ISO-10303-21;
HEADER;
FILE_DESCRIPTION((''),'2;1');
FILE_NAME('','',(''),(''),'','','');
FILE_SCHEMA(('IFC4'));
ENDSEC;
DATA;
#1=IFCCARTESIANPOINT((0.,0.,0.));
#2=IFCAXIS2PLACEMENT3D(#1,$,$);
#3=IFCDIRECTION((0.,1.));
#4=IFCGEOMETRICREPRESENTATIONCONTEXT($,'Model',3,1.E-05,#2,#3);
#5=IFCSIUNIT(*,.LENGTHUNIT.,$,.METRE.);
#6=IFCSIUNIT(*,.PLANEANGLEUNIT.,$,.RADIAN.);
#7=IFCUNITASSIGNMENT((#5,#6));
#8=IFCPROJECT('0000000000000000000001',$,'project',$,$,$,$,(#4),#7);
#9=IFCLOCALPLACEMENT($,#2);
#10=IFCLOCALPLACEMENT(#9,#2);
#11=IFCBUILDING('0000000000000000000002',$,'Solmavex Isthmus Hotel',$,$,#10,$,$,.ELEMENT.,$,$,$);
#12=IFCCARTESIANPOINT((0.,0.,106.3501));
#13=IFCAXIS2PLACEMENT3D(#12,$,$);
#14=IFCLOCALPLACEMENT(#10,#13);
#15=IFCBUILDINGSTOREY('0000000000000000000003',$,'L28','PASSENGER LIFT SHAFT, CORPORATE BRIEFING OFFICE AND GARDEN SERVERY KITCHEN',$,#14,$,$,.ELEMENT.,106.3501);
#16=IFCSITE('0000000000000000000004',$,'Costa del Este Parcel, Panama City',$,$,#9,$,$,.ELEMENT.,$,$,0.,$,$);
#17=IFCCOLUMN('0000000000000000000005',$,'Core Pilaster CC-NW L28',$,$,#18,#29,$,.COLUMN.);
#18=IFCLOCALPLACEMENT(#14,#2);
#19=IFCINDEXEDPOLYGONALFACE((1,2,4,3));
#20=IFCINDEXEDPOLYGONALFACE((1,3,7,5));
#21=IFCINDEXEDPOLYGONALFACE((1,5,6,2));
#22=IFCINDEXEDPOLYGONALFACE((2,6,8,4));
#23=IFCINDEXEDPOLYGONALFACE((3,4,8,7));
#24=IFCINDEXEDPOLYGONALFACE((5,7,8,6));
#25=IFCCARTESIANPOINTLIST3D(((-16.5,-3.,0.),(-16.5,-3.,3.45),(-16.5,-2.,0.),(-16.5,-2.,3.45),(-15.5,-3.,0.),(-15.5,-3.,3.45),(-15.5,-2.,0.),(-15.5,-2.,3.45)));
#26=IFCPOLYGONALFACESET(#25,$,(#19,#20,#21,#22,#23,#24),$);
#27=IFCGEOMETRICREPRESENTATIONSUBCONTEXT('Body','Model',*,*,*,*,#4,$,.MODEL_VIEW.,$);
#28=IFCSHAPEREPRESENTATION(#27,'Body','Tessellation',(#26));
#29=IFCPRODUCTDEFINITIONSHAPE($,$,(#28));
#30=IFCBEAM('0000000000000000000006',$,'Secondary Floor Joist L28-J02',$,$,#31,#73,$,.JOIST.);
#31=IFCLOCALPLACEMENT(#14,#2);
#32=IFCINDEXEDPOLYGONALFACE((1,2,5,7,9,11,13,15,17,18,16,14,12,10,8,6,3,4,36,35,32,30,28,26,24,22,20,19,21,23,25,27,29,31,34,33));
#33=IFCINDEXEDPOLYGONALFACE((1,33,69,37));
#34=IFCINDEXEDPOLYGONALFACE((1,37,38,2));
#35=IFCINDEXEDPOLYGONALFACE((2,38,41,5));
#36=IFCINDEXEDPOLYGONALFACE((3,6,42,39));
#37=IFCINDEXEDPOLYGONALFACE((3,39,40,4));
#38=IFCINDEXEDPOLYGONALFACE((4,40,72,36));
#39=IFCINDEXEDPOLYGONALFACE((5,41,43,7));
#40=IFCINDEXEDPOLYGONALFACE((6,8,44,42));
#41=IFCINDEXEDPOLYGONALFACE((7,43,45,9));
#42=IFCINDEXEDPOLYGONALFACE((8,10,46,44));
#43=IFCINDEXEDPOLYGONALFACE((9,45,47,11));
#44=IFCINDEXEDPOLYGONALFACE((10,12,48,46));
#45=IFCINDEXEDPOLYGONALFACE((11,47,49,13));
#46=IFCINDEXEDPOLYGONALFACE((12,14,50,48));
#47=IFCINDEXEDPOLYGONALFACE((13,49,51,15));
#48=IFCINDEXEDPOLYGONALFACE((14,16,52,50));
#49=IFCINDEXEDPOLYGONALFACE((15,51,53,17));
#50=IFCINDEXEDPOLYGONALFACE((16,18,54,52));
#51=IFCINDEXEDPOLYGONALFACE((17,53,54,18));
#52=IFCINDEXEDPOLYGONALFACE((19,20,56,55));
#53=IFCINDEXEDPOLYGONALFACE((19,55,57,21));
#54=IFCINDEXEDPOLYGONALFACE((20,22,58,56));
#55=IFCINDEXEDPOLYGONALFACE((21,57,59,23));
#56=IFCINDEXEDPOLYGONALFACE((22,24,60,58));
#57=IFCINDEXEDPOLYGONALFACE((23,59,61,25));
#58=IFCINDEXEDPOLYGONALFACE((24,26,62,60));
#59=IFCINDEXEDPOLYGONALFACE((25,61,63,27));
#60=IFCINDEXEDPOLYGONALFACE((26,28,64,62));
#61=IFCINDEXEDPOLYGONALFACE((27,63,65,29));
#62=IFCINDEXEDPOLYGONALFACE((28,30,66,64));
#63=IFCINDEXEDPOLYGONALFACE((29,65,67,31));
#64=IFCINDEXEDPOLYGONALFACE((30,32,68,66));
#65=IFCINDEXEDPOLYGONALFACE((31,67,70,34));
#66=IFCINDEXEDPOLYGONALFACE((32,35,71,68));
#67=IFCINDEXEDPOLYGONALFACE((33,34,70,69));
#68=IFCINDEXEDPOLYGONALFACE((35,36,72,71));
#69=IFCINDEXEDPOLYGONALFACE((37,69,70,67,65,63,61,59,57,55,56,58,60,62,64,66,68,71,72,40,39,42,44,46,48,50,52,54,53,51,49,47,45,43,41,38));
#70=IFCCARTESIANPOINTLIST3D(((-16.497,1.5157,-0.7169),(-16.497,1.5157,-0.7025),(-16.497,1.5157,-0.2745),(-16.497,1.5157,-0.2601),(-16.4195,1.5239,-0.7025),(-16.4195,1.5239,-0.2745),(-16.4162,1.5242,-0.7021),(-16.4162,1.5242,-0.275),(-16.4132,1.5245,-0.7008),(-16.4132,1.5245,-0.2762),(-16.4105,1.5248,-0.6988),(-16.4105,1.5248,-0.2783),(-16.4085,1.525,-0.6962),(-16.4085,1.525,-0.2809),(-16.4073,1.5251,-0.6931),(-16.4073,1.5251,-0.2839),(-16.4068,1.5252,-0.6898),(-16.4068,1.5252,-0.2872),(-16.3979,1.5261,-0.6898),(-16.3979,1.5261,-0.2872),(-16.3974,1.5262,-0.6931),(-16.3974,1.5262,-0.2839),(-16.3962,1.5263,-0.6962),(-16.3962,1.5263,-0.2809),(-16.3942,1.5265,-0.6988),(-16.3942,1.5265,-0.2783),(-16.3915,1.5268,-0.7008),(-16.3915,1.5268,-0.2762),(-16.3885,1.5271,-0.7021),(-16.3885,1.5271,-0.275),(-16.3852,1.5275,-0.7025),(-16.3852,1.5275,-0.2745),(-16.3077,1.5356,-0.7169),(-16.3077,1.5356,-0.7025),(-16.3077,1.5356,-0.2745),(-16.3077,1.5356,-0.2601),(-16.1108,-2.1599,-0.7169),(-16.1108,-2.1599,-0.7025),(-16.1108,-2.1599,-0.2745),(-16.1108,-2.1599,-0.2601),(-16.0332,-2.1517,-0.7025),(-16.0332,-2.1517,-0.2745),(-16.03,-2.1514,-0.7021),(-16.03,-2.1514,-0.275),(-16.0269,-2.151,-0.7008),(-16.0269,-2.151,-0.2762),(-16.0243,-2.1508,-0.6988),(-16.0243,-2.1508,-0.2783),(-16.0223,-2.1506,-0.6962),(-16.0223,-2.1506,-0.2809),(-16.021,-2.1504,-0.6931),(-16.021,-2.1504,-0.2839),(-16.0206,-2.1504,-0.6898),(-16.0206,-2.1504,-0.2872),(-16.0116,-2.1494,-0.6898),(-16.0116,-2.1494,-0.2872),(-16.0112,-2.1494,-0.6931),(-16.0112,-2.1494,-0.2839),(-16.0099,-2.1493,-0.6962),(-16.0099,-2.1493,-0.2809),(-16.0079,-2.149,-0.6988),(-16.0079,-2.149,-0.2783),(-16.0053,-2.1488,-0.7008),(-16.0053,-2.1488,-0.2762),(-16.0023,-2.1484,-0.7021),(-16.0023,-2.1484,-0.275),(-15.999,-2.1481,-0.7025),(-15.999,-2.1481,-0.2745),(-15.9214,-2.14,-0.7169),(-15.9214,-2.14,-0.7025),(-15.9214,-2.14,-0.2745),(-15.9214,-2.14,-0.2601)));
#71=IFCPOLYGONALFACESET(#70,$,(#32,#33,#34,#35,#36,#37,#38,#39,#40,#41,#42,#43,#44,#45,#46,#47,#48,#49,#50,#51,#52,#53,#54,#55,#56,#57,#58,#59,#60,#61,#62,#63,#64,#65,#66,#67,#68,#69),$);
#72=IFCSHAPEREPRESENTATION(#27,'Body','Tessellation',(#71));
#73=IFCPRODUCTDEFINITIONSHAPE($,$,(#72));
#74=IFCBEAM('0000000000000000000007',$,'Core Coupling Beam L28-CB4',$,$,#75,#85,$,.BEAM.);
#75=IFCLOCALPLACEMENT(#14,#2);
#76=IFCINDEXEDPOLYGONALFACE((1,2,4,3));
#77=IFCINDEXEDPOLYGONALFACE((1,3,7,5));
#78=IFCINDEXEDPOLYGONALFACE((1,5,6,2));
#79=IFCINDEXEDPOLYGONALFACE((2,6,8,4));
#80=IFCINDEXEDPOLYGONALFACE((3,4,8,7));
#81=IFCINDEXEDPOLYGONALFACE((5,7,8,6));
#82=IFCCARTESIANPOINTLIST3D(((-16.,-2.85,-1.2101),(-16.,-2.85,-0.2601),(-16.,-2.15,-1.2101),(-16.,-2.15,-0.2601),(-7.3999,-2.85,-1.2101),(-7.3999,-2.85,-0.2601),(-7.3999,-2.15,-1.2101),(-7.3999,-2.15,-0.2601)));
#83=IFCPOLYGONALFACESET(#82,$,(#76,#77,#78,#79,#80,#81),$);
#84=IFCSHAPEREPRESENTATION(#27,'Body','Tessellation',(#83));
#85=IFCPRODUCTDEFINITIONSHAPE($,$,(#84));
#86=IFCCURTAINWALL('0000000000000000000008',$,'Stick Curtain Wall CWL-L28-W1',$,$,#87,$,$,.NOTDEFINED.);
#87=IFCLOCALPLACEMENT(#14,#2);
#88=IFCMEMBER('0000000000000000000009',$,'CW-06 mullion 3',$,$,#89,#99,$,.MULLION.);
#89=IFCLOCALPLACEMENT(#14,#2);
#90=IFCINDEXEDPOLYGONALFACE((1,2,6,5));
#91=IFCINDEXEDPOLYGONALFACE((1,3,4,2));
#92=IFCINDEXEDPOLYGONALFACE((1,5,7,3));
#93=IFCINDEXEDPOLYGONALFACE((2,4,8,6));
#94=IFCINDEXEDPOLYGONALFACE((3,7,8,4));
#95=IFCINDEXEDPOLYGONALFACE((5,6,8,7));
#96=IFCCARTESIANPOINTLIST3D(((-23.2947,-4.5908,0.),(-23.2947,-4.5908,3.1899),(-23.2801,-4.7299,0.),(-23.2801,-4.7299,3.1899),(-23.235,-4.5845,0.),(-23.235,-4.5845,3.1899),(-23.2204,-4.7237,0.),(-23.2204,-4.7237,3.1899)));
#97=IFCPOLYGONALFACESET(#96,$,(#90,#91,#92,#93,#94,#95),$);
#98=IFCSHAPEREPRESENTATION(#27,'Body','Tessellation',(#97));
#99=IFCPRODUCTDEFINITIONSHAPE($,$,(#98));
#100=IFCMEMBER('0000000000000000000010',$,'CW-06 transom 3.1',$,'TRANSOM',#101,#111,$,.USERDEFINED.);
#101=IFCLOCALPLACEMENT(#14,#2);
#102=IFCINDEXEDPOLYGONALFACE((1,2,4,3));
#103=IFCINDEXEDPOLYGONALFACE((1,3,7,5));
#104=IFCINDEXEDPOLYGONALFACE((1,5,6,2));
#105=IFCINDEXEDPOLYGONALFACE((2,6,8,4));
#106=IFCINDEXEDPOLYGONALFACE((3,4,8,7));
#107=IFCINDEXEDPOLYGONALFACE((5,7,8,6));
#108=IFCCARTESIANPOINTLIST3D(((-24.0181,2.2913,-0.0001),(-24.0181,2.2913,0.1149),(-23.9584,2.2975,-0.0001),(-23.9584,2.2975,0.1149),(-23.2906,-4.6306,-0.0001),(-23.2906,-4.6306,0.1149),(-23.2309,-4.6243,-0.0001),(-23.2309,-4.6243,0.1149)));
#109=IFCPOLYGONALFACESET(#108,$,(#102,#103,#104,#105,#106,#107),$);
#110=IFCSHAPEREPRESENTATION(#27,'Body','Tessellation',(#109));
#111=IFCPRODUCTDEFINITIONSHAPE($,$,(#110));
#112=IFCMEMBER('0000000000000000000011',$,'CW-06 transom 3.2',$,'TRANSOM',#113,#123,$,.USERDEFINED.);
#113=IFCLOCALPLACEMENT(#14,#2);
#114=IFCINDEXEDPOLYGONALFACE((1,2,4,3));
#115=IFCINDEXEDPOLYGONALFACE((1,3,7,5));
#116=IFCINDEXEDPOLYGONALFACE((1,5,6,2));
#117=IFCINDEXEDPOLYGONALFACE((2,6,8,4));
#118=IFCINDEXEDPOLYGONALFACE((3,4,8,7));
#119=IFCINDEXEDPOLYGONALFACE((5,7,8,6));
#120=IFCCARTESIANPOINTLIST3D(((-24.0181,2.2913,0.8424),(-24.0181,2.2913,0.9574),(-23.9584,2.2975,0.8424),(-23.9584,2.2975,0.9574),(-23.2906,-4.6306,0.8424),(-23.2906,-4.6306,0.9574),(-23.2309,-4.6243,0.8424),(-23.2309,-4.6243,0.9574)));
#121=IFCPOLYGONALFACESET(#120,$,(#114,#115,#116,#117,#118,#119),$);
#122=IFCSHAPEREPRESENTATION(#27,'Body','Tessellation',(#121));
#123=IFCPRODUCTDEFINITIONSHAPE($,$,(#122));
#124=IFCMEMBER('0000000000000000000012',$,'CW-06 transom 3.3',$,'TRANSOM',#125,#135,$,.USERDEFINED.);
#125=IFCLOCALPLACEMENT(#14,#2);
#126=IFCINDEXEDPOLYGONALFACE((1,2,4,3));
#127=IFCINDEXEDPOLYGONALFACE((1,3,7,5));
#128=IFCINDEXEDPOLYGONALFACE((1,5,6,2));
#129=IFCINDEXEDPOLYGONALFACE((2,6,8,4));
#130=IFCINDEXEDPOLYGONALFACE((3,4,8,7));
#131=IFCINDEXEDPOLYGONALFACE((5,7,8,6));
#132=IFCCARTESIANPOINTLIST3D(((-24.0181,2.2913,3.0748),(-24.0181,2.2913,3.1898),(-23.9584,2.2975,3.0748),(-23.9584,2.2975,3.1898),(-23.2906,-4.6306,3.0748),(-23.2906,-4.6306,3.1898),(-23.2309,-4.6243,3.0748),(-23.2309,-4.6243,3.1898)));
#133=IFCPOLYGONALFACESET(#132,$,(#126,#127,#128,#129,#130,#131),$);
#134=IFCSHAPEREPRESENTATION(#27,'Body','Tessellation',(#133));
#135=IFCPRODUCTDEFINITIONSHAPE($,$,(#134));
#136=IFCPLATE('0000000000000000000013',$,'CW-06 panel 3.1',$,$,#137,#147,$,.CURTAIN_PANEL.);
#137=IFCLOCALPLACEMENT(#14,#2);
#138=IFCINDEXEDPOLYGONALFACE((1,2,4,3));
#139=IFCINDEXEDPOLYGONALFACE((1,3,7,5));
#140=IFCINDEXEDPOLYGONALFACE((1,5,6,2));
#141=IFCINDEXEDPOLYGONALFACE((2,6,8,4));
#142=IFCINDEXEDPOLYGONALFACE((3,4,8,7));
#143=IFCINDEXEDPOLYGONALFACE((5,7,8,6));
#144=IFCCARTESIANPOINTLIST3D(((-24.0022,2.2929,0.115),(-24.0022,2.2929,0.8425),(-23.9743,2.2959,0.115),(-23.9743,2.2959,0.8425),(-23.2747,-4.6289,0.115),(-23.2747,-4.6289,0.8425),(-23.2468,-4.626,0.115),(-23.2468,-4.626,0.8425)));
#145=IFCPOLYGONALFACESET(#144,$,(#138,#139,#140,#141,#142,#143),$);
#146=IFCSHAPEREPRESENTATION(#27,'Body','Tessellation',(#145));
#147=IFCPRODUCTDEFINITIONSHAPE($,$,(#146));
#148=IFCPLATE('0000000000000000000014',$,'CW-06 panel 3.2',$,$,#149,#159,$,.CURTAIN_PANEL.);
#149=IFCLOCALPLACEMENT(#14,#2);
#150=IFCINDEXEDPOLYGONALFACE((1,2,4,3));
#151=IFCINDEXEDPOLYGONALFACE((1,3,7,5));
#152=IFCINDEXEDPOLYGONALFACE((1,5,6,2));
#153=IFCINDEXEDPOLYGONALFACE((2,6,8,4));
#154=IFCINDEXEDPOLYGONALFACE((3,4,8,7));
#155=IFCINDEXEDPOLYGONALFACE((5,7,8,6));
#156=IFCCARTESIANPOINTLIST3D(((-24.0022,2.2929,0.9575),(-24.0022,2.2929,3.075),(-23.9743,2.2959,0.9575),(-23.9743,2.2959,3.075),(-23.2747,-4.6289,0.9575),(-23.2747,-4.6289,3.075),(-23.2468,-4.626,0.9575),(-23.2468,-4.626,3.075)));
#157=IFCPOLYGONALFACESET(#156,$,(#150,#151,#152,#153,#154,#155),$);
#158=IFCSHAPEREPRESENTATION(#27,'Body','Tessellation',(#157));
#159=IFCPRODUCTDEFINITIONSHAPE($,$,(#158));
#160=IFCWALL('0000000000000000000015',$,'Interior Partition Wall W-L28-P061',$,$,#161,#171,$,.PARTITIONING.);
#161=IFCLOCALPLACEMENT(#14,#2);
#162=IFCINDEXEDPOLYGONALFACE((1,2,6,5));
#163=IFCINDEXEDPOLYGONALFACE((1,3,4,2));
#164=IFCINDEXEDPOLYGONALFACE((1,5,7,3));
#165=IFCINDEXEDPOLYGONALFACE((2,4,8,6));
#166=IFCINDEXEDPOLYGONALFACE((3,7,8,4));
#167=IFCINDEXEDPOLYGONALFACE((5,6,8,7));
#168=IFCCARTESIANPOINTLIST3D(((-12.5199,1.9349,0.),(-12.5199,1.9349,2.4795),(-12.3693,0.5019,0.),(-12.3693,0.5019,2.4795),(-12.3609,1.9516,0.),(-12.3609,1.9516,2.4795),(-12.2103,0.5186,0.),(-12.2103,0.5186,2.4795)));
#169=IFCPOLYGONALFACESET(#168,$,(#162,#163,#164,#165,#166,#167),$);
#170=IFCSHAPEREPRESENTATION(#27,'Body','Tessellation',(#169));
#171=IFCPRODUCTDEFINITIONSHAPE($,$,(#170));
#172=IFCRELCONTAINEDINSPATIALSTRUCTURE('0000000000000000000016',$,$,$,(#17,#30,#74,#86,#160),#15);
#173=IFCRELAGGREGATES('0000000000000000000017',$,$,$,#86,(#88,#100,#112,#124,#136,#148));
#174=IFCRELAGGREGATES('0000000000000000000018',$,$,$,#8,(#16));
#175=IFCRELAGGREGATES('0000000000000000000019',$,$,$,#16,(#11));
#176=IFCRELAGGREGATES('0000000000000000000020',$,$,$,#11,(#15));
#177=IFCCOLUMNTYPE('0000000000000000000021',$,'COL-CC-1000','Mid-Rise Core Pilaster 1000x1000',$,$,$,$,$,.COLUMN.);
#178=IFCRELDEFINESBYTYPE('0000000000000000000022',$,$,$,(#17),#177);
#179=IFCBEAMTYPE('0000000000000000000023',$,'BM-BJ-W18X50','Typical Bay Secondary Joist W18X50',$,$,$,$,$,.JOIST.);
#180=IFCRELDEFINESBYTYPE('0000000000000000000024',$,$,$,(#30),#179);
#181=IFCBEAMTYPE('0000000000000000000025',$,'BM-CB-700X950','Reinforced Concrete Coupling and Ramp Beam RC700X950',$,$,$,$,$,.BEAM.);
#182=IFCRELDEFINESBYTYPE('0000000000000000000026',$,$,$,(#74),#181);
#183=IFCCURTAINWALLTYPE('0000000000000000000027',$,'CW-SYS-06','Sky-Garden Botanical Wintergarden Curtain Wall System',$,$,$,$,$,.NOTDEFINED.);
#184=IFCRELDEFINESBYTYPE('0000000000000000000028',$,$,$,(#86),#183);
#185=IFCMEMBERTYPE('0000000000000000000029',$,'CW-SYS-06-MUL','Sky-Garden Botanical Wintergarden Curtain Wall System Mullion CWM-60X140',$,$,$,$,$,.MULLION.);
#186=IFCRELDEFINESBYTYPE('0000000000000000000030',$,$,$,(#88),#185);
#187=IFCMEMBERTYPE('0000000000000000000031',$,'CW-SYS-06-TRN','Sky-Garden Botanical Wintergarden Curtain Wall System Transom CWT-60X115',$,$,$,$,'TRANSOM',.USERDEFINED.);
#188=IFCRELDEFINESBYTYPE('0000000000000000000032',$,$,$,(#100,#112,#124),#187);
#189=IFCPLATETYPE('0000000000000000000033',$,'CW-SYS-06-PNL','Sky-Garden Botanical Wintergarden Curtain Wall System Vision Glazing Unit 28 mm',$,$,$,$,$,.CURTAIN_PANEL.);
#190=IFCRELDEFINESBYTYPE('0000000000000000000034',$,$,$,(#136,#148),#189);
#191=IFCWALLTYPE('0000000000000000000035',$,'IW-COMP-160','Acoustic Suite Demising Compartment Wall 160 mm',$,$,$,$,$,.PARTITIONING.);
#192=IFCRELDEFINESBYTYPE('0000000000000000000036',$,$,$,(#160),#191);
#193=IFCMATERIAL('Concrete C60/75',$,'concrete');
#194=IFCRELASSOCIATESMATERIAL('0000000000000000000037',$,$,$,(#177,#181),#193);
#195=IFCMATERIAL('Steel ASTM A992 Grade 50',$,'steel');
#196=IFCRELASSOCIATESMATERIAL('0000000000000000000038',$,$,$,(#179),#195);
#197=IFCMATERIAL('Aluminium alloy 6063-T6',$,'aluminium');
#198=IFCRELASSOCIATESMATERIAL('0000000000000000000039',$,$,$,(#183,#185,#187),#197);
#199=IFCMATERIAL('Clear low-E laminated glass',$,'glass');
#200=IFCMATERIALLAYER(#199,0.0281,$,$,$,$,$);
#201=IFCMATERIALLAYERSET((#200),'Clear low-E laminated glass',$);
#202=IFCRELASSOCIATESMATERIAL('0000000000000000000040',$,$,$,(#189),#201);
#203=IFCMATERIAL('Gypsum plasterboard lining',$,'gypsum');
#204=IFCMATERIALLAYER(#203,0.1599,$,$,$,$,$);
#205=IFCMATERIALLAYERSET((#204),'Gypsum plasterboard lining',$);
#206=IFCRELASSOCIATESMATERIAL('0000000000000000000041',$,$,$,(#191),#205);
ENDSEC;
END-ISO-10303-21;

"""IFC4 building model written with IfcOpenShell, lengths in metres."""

from ifc_helpers import new_model, si_unit, direction, frame, frame_2d, origin, origin_2d, place, context, subcontext, project, spatial, rectangle, i_section, extrude, material, layer, layer_set, material_profile, profile_set, type_object, element, aggregate, save


model = new_model("IFC4")

# Units and contexts
model_context = context("Model", 3, precision=1e-05, world=origin(), true_north=direction((0.0, 1.0)))
body_context = subcontext(model_context, "Body", "Model", "MODEL_VIEW")
ifc_project = project(units=[si_unit("LENGTHUNIT", "METRE"), si_unit("PLANEANGLEUNIT", "RADIAN")], contexts=[model_context])

# Site, building, storey
site_placement = place(None, origin())
site = spatial("IfcSite", under=ifc_project, at=site_placement, Name="Costa del Este Parcel, Panama City", CompositionType="ELEMENT", RefElevation=0.0)
building_placement = place(site_placement, origin())
building = spatial("IfcBuilding", under=site, at=building_placement, Name="Solmavex Isthmus Hotel", CompositionType="ELEMENT")
storey_placement = place(building_placement, frame((0.0, 0.0, 106.3501)))
storey = spatial("IfcBuildingStorey", under=building, at=storey_placement, Name="L28", Description="PASSENGER LIFT SHAFT, CORPORATE BRIEFING OFFICE AND GARDEN SERVERY KITCHEN", CompositionType="ELEMENT", Elevation=106.3501)

# Column
ifc_material_1 = material(Name="Concrete C60/75", Category="concrete")
ifc_material_profile_1 = material_profile(ifc_material_1, rectangle(XDim=1.0, YDim=1.0, at=origin_2d()), Name="RC1000X1000")
ifc_profile_set_1 = profile_set([ifc_material_profile_1], Name="Concrete C60/75")
column_type = type_object("IfcColumnType", Name="COL-CC-1000", Description="Mid-Rise Core Pilaster 1000x1000", PredefinedType="COLUMN", material=ifc_profile_set_1)
column_placement = place(storey_placement, frame((-16.0, -2.5, 0.0), z_axis=(0.0, 0.0, 1.0), x_axis=(1.0, 0.0, 0.0)))
element("IfcColumn", 1, at=column_placement, inside=storey, type_object=column_type, Name="Core Pilaster CC-NW L28", PredefinedType="COLUMN", context=body_context, shape_type="SweptSolid", body=[
    extrude(rectangle(XDim=1.0, YDim=1.0, at=origin_2d()), origin(), (0.0, 0.0, 1.0), 3.45),
])

# Beams
ifc_material_2 = material(Name="Steel ASTM A992 Grade 50", Category="steel")
ifc_material_profile_2 = material_profile(ifc_material_2, i_section(OverallWidth=0.1904, OverallDepth=0.4568, WebThickness=0.009, FlangeThickness=0.0144, FilletRadius=0.0127, at=origin_2d()), Name="W18X50")
ifc_profile_set_2 = profile_set([ifc_material_profile_2], Name="Steel ASTM A992 Grade 50")
beam_type_1 = type_object("IfcBeamType", Name="BM-BJ-W18X50", Description="Typical Bay Secondary Joist W18X50", PredefinedType="JOIST", material=ifc_profile_set_2)
beam_1_placement = place(storey_placement, frame((-16.0161, -2.1499, -0.4885), z_axis=(-0.104506, 0.994524, 0.0), x_axis=(-0.994524, -0.104506, 0.0)))
element("IfcBeam", 2, at=beam_1_placement, inside=storey, type_object=beam_type_1, Name="Secondary Floor Joist L28-J02", PredefinedType="JOIST", context=body_context, shape_type="SweptSolid", body=[
    extrude(i_section(OverallWidth=0.1904, OverallDepth=0.4568, WebThickness=0.009, FlangeThickness=0.0144, FilletRadius=0.0127, at=origin_2d()), origin(), (0.0, 0.0, 1.0), 3.6958),
])
ifc_material_profile_3 = material_profile(ifc_material_1, rectangle(XDim=0.7, YDim=0.95, at=origin_2d()), Name="RC700X950")
ifc_profile_set_3 = profile_set([ifc_material_profile_3], Name="Concrete C60/75")
beam_type_2 = type_object("IfcBeamType", Name="BM-CB-700X950", Description="Reinforced Concrete Coupling and Ramp Beam RC700X950", PredefinedType="BEAM", material=ifc_profile_set_3)
beam_2_placement = place(storey_placement, frame((-16.0, -2.5, -0.7351), z_axis=(1.0, 0.0, 0.0), x_axis=(0.0, 1.0, 0.0)))
element("IfcBeam", 3, at=beam_2_placement, inside=storey, type_object=beam_type_2, Name="Core Coupling Beam L28-CB4", PredefinedType="BEAM", context=body_context, shape_type="SweptSolid", body=[
    extrude(rectangle(XDim=0.7, YDim=0.95, at=origin_2d()), origin(), (0.0, 0.0, 1.0), 8.6001),
])

# Curtain wall, members, plates
ifc_material_3 = material(Name="Aluminium alloy 6063-T6", Category="aluminium")
curtain_wall_type = type_object("IfcCurtainWallType", Name="CW-SYS-06", Description="Sky-Garden Botanical Wintergarden Curtain Wall System", PredefinedType="NOTDEFINED", material=ifc_material_3)
curtain_wall_placement = place(storey_placement, origin())
curtain_wall = element("IfcCurtainWall", 4, at=curtain_wall_placement, inside=storey, type_object=curtain_wall_type, Name="Stick Curtain Wall CWL-L28-W1", PredefinedType="NOTDEFINED")
ifc_material_profile_4 = material_profile(ifc_material_3, rectangle(XDim=0.0601, YDim=0.1399, at=origin_2d()), Name="CWM-60X140")
ifc_profile_set_4 = profile_set([ifc_material_profile_4], Name="Aluminium alloy 6063-T6")
member_type_1 = type_object("IfcMemberType", Name="CW-SYS-06-MUL", Description="Sky-Garden Botanical Wintergarden Curtain Wall System Mullion CWM-60X140", PredefinedType="MULLION", material=ifc_profile_set_4)
member_1_placement = place(storey_placement, frame((-23.2576, -4.6572, 0.0), z_axis=(0.0, 0.0, 1.0), x_axis=(-0.994522, -0.104528, 0.0)))
member_1 = element("IfcMember", 5, at=member_1_placement, type_object=member_type_1, Name="CW-06 mullion 3", PredefinedType="MULLION", context=body_context, shape_type="SweptSolid", body=[
    extrude(rectangle(XDim=0.0601, YDim=0.1399, at=origin_2d()), origin(), (0.0, 0.0, 1.0), 3.1899),
])
ifc_material_profile_5 = material_profile(ifc_material_3, rectangle(XDim=0.0601, YDim=0.115, at=origin_2d()), Name="CWT-60X115")
ifc_profile_set_5 = profile_set([ifc_material_profile_5], Name="Aluminium alloy 6063-T6")
member_type_2 = type_object("IfcMemberType", Name="CW-SYS-06-TRN", Description="Sky-Garden Botanical Wintergarden Curtain Wall System Transom CWT-60X115", ElementType="TRANSOM", PredefinedType="USERDEFINED", material=ifc_profile_set_5)
member_2_placement = place(storey_placement, frame((-23.2607, -4.6274, 0.0574), z_axis=(-0.104531, 0.994522, 0.0), x_axis=(-0.994522, -0.104531, 0.0)))
member_2 = element("IfcMember", 6, at=member_2_placement, type_object=member_type_2, Name="CW-06 transom 3.1", ObjectType="TRANSOM", PredefinedType="USERDEFINED", context=body_context, shape_type="SweptSolid", body=[
    extrude(rectangle(XDim=0.0601, YDim=0.115, at=origin_2d()), origin(), (0.0, 0.0, 1.0), 6.96),
])
member_3_placement = place(storey_placement, frame((-23.2607, -4.6274, 0.8999), z_axis=(-0.104531, 0.994522, 0.0), x_axis=(-0.994522, -0.104531, 0.0)))
member_3 = element("IfcMember", 7, at=member_3_placement, type_object=member_type_2, Name="CW-06 transom 3.2", ObjectType="TRANSOM", PredefinedType="USERDEFINED", context=body_context, shape_type="SweptSolid", body=[
    extrude(rectangle(XDim=0.0601, YDim=0.115, at=origin_2d()), origin(), (0.0, 0.0, 1.0), 6.96),
])
member_4_placement = place(storey_placement, frame((-23.2607, -4.6274, 3.1323), z_axis=(-0.104531, 0.994522, 0.0), x_axis=(-0.994522, -0.104531, 0.0)))
member_4 = element("IfcMember", 8, at=member_4_placement, type_object=member_type_2, Name="CW-06 transom 3.3", ObjectType="TRANSOM", PredefinedType="USERDEFINED", context=body_context, shape_type="SweptSolid", body=[
    extrude(rectangle(XDim=0.0601, YDim=0.115, at=origin_2d()), origin(), (0.0, 0.0, 1.0), 6.96),
])
ifc_material_4 = material(Name="Clear low-E laminated glass", Category="glass")
ifc_layer_1 = layer(ifc_material_4, 0.0281)
ifc_layer_set_1 = layer_set([ifc_layer_1], Name="Clear low-E laminated glass")
plate_type = type_object("IfcPlateType", Name="CW-SYS-06-PNL", Description="Sky-Garden Botanical Wintergarden Curtain Wall System Vision Glazing Unit 28 mm", PredefinedType="CURTAIN_PANEL", material=ifc_layer_set_1)
plate_1_placement = place(storey_placement, frame((-23.6245, -1.1665, 0.115), z_axis=(0.0, 0.0, 1.0), x_axis=(-0.104528, 0.994522, 0.0)))
plate_1 = element("IfcPlate", 9, at=plate_1_placement, type_object=plate_type, Name="CW-06 panel 3.1", PredefinedType="CURTAIN_PANEL", context=body_context, shape_type="SweptSolid", body=[
    extrude(rectangle(XDim=6.96, YDim=0.0281, at=origin_2d()), origin(), (0.0, 0.0, 1.0), 0.7275),
])
plate_2_placement = place(storey_placement, frame((-23.6245, -1.1665, 0.9575), z_axis=(0.0, 0.0, 1.0), x_axis=(-0.104528, 0.994522, 0.0)))
plate_2 = element("IfcPlate", 10, at=plate_2_placement, type_object=plate_type, Name="CW-06 panel 3.2", PredefinedType="CURTAIN_PANEL", context=body_context, shape_type="SweptSolid", body=[
    extrude(rectangle(XDim=6.96, YDim=0.0281, at=origin_2d()), origin(), (0.0, 0.0, 1.0), 2.1174),
])
aggregate(curtain_wall, [member_1, member_2, member_3, member_4, plate_1, plate_2])

# Wall
ifc_material_5 = material(Name="Gypsum plasterboard lining", Category="gypsum")
ifc_layer_2 = layer(ifc_material_5, 0.1599)
ifc_layer_set_2 = layer_set([ifc_layer_2], Name="Gypsum plasterboard lining")
wall_type_1 = type_object("IfcWallType", Name="IW-COMP-160", Description="Acoustic Suite Demising Compartment Wall 160 mm", PredefinedType="PARTITIONING", material=ifc_layer_set_2)
wall_1_placement = place(storey_placement, frame((-12.2898, 0.5103, 0.0), z_axis=(0.0, 0.0, 1.0), x_axis=(-0.104535, 0.994521, 0.0)))
element("IfcWall", 11, at=wall_1_placement, inside=storey, type_object=wall_type_1, Name="Interior Partition Wall W-L28-P061", PredefinedType="PARTITIONING", context=body_context, shape_type="SweptSolid", body=[
    extrude(rectangle(XDim=1.4409, YDim=0.1599, at=frame_2d((0.7205, 0.0))), origin(), (0.0, 0.0, 1.0), 2.4795),
])

save(model, "model.ifc")
